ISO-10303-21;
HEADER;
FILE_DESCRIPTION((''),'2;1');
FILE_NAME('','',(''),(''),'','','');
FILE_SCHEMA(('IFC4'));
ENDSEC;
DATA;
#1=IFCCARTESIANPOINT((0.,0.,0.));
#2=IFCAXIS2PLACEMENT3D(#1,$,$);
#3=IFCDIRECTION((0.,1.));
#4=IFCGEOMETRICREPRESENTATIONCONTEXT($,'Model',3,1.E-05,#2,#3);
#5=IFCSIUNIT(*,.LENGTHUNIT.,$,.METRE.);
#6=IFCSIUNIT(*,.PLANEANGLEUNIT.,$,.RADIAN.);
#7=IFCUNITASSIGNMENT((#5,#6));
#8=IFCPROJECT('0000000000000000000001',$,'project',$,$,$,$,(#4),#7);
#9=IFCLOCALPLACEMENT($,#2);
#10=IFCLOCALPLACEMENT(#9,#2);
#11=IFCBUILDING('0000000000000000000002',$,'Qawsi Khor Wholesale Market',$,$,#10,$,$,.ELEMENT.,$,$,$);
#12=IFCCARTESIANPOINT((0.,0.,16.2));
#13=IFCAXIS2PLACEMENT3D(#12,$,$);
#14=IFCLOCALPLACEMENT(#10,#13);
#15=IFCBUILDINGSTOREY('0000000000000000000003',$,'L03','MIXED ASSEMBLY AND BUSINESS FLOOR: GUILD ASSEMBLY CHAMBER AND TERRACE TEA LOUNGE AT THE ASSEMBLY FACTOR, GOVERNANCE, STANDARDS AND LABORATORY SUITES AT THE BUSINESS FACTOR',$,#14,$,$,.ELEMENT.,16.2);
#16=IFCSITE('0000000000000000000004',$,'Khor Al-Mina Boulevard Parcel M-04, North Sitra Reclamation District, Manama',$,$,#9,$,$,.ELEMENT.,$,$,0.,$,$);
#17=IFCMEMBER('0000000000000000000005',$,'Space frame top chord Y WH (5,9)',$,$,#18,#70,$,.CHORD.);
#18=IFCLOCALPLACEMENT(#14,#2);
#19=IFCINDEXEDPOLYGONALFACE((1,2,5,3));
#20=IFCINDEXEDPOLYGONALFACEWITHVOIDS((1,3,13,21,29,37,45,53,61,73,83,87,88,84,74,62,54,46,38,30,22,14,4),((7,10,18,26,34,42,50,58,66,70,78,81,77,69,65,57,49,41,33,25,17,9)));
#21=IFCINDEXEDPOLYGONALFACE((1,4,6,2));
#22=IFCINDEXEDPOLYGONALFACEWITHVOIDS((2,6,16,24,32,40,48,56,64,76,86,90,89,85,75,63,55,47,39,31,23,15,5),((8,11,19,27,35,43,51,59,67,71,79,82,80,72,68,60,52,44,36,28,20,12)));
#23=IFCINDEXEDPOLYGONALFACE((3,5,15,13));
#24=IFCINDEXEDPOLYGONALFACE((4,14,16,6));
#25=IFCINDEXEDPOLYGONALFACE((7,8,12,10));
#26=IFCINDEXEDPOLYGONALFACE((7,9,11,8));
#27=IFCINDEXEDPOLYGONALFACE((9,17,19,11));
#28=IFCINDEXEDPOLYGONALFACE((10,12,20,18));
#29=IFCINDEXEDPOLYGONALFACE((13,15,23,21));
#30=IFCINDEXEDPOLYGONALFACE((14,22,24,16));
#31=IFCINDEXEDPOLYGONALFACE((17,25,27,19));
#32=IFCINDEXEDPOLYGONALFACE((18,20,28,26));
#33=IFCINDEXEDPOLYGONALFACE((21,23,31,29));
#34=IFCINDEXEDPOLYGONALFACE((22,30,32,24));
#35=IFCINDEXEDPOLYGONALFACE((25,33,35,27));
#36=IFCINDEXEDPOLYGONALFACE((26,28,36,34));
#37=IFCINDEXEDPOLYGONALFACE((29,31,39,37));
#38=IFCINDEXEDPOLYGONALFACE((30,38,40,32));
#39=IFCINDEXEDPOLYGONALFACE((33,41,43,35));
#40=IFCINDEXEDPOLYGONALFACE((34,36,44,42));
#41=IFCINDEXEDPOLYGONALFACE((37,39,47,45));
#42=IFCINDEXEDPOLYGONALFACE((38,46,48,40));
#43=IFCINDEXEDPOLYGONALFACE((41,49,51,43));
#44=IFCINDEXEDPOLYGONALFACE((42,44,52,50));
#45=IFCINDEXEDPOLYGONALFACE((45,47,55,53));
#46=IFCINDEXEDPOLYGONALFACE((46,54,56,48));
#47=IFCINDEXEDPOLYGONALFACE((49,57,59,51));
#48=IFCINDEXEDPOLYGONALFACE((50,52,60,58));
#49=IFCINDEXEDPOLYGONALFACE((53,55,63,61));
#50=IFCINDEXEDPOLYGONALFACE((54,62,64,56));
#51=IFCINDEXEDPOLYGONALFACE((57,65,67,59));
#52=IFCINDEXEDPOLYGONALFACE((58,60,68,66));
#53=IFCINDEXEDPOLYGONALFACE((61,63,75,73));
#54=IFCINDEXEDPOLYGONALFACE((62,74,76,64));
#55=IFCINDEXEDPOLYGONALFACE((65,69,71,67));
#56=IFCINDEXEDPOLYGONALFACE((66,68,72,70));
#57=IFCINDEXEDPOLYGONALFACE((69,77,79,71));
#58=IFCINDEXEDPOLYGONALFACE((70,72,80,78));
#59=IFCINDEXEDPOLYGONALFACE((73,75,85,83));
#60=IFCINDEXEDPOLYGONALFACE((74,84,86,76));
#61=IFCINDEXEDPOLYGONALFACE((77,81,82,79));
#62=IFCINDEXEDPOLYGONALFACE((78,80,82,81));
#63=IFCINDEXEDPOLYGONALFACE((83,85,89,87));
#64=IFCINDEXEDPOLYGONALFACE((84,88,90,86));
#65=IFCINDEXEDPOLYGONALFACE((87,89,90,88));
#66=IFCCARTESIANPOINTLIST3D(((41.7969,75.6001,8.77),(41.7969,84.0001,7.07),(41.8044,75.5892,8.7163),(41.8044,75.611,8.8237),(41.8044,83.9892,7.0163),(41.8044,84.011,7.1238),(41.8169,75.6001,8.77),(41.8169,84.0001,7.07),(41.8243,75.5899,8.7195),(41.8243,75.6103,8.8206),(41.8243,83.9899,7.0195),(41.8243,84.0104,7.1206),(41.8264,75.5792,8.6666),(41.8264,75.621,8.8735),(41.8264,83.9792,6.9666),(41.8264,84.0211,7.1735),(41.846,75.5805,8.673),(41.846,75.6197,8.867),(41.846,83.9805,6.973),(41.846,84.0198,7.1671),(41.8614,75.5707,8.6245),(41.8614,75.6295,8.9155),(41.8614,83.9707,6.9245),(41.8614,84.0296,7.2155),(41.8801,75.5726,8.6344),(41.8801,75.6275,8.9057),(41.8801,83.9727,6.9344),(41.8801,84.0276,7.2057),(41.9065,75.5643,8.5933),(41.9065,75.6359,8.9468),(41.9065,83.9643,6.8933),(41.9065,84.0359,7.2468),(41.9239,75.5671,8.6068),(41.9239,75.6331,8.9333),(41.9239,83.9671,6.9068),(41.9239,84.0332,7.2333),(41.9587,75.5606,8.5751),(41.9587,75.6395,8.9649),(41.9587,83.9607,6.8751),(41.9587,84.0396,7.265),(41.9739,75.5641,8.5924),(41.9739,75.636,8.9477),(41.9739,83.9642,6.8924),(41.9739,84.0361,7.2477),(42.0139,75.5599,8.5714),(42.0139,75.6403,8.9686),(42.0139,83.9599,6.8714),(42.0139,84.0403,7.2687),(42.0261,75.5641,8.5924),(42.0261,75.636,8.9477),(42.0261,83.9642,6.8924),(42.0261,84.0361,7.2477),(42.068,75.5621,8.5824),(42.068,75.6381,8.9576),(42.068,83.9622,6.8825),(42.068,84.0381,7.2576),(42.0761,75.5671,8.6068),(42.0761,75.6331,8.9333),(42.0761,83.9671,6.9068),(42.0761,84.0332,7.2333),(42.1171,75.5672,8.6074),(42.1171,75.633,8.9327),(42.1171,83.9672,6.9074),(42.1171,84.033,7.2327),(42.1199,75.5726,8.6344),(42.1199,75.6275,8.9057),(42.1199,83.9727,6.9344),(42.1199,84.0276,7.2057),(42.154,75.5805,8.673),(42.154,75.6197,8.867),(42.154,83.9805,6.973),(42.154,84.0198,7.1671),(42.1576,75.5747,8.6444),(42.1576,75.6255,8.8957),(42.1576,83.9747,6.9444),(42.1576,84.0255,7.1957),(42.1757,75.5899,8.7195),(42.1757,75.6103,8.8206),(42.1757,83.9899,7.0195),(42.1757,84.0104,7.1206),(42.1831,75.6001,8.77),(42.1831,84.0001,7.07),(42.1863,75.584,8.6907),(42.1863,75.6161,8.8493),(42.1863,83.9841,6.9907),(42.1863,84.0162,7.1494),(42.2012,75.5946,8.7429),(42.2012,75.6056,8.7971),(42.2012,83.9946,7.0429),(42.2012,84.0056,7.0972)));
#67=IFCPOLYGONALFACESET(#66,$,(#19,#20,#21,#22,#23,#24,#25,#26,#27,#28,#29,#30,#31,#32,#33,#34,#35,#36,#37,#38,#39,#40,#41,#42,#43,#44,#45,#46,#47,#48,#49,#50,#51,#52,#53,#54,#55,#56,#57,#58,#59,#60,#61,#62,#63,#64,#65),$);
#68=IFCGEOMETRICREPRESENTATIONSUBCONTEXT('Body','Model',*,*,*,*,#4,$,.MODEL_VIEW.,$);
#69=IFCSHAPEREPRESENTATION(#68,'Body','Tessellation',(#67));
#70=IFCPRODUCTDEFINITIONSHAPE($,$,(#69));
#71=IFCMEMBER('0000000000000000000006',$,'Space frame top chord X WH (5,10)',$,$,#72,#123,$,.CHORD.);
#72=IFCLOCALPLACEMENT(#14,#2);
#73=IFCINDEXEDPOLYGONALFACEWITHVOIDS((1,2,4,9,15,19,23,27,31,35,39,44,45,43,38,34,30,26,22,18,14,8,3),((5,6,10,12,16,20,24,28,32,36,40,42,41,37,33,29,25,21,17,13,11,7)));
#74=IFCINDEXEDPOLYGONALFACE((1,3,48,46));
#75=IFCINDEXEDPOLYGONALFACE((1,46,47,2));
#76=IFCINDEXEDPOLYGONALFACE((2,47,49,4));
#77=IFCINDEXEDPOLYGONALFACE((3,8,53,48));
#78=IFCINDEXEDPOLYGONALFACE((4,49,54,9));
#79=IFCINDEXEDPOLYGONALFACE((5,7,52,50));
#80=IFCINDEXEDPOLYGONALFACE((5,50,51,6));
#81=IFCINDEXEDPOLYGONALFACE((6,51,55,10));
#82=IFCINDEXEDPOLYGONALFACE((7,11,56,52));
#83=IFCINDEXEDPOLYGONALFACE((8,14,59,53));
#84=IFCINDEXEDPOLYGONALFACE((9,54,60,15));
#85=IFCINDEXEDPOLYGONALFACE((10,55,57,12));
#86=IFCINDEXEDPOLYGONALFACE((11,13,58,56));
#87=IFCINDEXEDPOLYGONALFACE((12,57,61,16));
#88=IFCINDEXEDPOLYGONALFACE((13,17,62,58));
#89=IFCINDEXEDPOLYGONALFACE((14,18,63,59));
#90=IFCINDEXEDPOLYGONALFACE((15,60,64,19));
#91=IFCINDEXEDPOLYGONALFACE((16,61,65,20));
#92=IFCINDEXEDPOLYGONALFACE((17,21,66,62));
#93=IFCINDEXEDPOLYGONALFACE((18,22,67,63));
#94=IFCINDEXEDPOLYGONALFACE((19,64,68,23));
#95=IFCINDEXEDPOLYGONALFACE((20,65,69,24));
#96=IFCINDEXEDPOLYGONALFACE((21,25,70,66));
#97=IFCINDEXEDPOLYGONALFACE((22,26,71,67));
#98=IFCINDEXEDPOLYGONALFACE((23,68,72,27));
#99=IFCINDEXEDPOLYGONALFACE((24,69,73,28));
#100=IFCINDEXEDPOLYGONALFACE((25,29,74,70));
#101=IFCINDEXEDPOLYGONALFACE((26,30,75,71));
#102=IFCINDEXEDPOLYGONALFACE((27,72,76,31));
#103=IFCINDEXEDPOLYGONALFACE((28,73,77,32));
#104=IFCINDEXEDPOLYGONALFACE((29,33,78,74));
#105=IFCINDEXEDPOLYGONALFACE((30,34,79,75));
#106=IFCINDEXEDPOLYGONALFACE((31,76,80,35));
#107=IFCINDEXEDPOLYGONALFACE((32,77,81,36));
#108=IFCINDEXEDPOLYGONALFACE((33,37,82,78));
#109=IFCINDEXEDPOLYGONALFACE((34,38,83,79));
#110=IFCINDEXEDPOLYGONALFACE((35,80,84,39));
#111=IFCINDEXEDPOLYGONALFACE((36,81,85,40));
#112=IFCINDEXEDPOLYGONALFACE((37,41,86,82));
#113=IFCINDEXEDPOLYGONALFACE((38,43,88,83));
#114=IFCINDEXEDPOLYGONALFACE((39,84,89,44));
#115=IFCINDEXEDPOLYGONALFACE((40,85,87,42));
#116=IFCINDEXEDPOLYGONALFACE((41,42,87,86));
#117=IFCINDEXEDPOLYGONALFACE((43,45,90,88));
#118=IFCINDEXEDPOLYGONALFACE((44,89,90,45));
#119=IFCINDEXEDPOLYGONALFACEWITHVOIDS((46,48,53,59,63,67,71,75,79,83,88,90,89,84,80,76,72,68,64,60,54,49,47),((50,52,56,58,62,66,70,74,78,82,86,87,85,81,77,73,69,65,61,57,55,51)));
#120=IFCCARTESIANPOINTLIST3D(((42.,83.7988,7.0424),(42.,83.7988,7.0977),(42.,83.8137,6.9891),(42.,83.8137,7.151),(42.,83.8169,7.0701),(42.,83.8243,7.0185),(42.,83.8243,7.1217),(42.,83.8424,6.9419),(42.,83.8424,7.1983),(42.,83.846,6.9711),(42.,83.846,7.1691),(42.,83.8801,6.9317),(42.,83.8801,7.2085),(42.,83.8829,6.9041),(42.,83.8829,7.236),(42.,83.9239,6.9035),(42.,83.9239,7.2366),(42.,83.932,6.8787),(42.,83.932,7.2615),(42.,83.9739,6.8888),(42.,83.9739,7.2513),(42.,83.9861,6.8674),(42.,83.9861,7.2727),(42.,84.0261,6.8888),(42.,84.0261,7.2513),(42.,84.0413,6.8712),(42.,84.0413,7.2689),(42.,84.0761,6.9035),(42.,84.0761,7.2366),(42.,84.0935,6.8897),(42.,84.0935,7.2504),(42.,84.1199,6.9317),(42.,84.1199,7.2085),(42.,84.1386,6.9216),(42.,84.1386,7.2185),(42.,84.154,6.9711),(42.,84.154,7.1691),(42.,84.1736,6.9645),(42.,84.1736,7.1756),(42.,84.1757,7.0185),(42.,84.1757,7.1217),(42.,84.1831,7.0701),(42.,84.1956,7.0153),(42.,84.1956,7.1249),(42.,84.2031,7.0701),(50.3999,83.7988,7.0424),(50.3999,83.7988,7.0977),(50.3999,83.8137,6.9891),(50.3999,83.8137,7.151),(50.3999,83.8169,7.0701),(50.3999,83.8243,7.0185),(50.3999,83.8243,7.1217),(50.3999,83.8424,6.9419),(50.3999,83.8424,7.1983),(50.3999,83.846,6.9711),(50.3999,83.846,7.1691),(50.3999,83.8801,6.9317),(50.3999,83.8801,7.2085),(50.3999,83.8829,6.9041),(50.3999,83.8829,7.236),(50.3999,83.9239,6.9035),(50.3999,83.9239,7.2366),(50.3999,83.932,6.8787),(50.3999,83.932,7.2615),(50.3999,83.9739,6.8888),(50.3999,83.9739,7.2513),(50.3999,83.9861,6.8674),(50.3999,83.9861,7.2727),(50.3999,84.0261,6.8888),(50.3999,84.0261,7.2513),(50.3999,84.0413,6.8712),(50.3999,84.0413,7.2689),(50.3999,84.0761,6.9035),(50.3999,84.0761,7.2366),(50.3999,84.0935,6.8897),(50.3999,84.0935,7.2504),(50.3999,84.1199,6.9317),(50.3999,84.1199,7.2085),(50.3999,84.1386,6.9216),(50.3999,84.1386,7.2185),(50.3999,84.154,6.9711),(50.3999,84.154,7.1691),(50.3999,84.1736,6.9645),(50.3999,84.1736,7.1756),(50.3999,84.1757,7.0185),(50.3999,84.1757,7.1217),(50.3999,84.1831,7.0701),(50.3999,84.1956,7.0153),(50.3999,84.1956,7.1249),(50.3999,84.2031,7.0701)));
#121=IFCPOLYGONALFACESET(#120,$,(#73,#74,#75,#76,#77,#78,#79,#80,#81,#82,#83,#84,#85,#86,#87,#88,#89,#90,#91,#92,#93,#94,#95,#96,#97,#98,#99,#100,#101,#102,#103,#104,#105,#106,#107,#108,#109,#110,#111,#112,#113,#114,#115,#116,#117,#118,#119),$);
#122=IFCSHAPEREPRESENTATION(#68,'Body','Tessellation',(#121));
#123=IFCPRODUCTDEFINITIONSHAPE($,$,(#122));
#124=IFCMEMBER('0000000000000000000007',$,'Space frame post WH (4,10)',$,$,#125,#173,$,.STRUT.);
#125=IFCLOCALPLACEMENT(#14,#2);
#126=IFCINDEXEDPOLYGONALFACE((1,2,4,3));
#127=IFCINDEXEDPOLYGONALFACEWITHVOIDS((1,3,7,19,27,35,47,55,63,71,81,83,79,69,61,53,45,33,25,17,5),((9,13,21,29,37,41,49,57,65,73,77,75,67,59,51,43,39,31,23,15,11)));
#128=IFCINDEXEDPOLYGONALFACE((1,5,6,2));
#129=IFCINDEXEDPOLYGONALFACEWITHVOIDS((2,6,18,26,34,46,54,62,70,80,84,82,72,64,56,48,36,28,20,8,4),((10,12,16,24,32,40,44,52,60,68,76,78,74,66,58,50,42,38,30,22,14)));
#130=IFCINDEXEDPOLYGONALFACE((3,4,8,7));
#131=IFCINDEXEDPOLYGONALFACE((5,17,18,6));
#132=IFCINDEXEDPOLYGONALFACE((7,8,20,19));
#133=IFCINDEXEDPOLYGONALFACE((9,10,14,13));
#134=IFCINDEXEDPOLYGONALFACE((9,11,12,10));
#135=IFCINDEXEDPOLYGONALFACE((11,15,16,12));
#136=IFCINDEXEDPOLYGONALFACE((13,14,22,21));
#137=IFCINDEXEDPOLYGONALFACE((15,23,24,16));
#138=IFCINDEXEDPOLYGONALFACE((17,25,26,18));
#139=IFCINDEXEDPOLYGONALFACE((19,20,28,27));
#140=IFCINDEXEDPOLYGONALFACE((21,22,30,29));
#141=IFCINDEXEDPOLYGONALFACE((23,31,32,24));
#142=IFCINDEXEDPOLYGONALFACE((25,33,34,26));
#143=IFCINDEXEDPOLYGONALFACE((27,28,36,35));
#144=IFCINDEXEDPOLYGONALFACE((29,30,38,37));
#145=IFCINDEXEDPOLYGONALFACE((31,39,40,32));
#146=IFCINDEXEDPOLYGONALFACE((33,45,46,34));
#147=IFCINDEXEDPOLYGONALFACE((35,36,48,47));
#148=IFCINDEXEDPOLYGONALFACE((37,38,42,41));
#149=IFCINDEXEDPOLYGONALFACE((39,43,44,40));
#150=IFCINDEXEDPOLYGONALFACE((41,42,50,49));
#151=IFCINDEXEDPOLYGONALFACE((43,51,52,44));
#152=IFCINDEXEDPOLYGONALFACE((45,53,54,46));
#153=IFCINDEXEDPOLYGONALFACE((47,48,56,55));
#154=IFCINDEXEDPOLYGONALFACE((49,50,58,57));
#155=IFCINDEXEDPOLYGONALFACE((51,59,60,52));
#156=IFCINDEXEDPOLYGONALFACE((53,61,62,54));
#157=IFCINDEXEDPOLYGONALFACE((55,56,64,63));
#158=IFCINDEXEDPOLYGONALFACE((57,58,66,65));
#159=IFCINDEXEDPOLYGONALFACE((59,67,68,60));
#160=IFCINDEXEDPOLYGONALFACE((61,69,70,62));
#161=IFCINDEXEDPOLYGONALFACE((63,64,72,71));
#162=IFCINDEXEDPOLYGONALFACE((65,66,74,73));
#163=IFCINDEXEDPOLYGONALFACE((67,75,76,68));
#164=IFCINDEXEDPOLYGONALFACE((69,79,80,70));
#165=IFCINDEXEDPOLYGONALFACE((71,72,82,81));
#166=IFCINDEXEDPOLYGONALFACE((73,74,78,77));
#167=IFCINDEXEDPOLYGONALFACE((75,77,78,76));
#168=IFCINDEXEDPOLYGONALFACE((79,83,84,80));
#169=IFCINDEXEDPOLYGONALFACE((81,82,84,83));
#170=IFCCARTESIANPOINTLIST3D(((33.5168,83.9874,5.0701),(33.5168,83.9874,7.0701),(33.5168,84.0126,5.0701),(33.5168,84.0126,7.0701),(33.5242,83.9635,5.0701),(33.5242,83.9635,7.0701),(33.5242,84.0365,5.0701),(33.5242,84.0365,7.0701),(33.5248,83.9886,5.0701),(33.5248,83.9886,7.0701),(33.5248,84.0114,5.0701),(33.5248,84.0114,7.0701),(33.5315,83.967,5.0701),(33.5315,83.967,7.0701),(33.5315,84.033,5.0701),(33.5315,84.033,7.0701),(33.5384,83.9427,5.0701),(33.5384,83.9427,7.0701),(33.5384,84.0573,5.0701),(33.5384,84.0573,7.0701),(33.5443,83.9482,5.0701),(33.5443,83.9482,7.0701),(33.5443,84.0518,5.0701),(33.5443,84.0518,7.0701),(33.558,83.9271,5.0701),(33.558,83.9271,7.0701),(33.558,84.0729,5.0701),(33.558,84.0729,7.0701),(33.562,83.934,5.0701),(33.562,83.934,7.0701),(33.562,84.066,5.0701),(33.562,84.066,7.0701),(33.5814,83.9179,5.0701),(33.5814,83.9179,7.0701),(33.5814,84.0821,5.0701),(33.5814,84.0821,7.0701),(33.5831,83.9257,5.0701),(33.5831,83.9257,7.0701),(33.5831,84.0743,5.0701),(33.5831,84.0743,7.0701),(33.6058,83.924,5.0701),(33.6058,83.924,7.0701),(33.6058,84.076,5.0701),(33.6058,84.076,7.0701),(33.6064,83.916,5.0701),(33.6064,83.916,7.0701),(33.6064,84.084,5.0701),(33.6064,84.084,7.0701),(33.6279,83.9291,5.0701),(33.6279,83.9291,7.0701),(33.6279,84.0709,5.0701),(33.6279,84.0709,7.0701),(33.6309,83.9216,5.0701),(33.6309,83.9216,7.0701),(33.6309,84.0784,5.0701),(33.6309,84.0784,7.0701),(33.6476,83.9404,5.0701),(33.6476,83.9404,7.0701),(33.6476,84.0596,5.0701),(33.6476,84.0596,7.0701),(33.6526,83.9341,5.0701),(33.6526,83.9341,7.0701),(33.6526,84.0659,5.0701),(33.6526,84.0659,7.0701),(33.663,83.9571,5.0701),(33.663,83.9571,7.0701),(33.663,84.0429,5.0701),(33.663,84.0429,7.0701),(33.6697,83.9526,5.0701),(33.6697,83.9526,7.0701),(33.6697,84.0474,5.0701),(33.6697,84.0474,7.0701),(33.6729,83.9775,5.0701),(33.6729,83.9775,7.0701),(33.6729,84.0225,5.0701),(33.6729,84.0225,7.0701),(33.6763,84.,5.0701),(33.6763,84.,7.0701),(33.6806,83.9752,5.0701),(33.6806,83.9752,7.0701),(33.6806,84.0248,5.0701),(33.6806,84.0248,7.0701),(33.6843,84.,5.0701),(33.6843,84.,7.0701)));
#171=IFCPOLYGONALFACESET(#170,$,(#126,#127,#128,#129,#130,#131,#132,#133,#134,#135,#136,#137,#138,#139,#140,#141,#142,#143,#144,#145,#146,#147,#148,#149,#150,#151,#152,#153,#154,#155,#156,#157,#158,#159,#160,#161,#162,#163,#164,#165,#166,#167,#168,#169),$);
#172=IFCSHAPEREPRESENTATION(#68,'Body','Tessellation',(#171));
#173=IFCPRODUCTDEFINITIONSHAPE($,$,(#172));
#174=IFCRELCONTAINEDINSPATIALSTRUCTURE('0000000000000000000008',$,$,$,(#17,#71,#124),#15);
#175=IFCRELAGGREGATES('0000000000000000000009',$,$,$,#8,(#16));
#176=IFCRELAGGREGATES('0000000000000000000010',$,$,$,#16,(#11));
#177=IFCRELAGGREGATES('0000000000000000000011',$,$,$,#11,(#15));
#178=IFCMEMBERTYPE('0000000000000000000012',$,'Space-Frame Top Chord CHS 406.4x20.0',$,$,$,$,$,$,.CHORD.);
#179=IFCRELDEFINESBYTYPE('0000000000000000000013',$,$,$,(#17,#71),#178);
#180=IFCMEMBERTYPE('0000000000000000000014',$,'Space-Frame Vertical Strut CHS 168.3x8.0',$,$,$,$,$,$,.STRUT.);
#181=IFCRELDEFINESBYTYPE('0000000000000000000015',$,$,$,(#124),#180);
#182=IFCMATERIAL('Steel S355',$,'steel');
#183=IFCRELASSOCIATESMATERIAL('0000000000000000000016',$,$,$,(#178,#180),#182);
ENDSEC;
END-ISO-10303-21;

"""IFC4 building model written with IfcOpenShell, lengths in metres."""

from ifc_helpers import new_model, si_unit, direction, frame, origin, origin_2d, place, context, subcontext, project, spatial, hollow_circle, extrude, material, material_profile, profile_set, type_object, element, save


model = new_model("IFC4")

# Units and contexts
model_context = context("Model", 3, precision=1e-05, world=origin(), true_north=direction((0.0, 1.0)))
body_context = subcontext(model_context, "Body", "Model", "MODEL_VIEW")
ifc_project = project(units=[si_unit("LENGTHUNIT", "METRE"), si_unit("PLANEANGLEUNIT", "RADIAN")], contexts=[model_context])

# Site, building, storey
site_placement = place(None, origin())
site = spatial("IfcSite", under=ifc_project, at=site_placement, Name="Khor Al-Mina Boulevard Parcel M-04, North Sitra Reclamation District, Manama", CompositionType="ELEMENT", RefElevation=0.0)
building_placement = place(site_placement, origin())
building = spatial("IfcBuilding", under=site, at=building_placement, Name="Qawsi Khor Wholesale Market", CompositionType="ELEMENT")
storey_placement = place(building_placement, frame((0.0, 0.0, 16.2)))
storey = spatial("IfcBuildingStorey", under=building, at=storey_placement, Name="L03", Description="MIXED ASSEMBLY AND BUSINESS FLOOR: GUILD ASSEMBLY CHAMBER AND TERRACE TEA LOUNGE AT THE ASSEMBLY FACTOR, GOVERNANCE, STANDARDS AND LABORATORY SUITES AT THE BUSINESS FACTOR", CompositionType="ELEMENT", Elevation=16.2)

# Members
ifc_material_1 = material(Name="Steel S355", Category="steel")
ifc_material_profile_1 = material_profile(ifc_material_1, hollow_circle(Radius=0.2031, WallThickness=0.02, at=origin_2d()), Name="CHS 406.4x20.0")
ifc_profile_set_1 = profile_set([ifc_material_profile_1], Name="Steel S355")
member_type_1 = type_object("IfcMemberType", Name="Space-Frame Top Chord CHS 406.4x20.0", PredefinedType="CHORD", material=ifc_profile_set_1)
for number, where, z_axis, x_axis, name in (
    (1, (42.0, 75.6001, 8.77), (0.0, 0.98013, -0.198356), (-1.0, 0.0, 0.0), "Space frame top chord Y WH (5,9)"),
):
    element("IfcMember", number, at=place(storey_placement, frame(where, z_axis=z_axis, x_axis=x_axis)), inside=storey, type_object=member_type_1, Name=name, PredefinedType="CHORD", context=body_context, shape_type="SweptSolid", body=[
        extrude(hollow_circle(Radius=0.2031, WallThickness=0.02, at=origin_2d()), origin(), (0.0, 0.0, 1.0), 8.5703),
    ])
member_1_placement = place(storey_placement, frame((42.0, 84.0, 7.0701), z_axis=(1.0, 0.0, 0.0), x_axis=(0.0, 1.0, 0.0)))
element("IfcMember", 2, at=member_1_placement, inside=storey, type_object=member_type_1, Name="Space frame top chord X WH (5,10)", PredefinedType="CHORD", context=body_context, shape_type="SweptSolid", body=[
    extrude(hollow_circle(Radius=0.2031, WallThickness=0.02, at=origin_2d()), origin(), (0.0, 0.0, 1.0), 8.3999),
])
ifc_material_profile_2 = material_profile(ifc_material_1, hollow_circle(Radius=0.0842, WallThickness=0.0081, at=origin_2d()), Name="CHS 168.3x8.0")
ifc_profile_set_2 = profile_set([ifc_material_profile_2], Name="Steel S355")
member_type_2 = type_object("IfcMemberType", Name="Space-Frame Vertical Strut CHS 168.3x8.0", PredefinedType="STRUT", material=ifc_profile_set_2)
for number, where, z_axis, x_axis, name in (
    (3, (33.6001, 84.0, 5.0701), (0.0, 0.0, 1.0), (1.0, 0.0, 0.0), "Space frame post WH (4,10)"),
):
    element("IfcMember", number, at=place(storey_placement, frame(where, z_axis=z_axis, x_axis=x_axis)), inside=storey, type_object=member_type_2, Name=name, PredefinedType="STRUT", context=body_context, shape_type="SweptSolid", body=[
        extrude(hollow_circle(Radius=0.0842, WallThickness=0.0081, at=origin_2d()), origin(), (0.0, 0.0, 1.0), 2.0),
    ])

save(model, "model.ifc")
